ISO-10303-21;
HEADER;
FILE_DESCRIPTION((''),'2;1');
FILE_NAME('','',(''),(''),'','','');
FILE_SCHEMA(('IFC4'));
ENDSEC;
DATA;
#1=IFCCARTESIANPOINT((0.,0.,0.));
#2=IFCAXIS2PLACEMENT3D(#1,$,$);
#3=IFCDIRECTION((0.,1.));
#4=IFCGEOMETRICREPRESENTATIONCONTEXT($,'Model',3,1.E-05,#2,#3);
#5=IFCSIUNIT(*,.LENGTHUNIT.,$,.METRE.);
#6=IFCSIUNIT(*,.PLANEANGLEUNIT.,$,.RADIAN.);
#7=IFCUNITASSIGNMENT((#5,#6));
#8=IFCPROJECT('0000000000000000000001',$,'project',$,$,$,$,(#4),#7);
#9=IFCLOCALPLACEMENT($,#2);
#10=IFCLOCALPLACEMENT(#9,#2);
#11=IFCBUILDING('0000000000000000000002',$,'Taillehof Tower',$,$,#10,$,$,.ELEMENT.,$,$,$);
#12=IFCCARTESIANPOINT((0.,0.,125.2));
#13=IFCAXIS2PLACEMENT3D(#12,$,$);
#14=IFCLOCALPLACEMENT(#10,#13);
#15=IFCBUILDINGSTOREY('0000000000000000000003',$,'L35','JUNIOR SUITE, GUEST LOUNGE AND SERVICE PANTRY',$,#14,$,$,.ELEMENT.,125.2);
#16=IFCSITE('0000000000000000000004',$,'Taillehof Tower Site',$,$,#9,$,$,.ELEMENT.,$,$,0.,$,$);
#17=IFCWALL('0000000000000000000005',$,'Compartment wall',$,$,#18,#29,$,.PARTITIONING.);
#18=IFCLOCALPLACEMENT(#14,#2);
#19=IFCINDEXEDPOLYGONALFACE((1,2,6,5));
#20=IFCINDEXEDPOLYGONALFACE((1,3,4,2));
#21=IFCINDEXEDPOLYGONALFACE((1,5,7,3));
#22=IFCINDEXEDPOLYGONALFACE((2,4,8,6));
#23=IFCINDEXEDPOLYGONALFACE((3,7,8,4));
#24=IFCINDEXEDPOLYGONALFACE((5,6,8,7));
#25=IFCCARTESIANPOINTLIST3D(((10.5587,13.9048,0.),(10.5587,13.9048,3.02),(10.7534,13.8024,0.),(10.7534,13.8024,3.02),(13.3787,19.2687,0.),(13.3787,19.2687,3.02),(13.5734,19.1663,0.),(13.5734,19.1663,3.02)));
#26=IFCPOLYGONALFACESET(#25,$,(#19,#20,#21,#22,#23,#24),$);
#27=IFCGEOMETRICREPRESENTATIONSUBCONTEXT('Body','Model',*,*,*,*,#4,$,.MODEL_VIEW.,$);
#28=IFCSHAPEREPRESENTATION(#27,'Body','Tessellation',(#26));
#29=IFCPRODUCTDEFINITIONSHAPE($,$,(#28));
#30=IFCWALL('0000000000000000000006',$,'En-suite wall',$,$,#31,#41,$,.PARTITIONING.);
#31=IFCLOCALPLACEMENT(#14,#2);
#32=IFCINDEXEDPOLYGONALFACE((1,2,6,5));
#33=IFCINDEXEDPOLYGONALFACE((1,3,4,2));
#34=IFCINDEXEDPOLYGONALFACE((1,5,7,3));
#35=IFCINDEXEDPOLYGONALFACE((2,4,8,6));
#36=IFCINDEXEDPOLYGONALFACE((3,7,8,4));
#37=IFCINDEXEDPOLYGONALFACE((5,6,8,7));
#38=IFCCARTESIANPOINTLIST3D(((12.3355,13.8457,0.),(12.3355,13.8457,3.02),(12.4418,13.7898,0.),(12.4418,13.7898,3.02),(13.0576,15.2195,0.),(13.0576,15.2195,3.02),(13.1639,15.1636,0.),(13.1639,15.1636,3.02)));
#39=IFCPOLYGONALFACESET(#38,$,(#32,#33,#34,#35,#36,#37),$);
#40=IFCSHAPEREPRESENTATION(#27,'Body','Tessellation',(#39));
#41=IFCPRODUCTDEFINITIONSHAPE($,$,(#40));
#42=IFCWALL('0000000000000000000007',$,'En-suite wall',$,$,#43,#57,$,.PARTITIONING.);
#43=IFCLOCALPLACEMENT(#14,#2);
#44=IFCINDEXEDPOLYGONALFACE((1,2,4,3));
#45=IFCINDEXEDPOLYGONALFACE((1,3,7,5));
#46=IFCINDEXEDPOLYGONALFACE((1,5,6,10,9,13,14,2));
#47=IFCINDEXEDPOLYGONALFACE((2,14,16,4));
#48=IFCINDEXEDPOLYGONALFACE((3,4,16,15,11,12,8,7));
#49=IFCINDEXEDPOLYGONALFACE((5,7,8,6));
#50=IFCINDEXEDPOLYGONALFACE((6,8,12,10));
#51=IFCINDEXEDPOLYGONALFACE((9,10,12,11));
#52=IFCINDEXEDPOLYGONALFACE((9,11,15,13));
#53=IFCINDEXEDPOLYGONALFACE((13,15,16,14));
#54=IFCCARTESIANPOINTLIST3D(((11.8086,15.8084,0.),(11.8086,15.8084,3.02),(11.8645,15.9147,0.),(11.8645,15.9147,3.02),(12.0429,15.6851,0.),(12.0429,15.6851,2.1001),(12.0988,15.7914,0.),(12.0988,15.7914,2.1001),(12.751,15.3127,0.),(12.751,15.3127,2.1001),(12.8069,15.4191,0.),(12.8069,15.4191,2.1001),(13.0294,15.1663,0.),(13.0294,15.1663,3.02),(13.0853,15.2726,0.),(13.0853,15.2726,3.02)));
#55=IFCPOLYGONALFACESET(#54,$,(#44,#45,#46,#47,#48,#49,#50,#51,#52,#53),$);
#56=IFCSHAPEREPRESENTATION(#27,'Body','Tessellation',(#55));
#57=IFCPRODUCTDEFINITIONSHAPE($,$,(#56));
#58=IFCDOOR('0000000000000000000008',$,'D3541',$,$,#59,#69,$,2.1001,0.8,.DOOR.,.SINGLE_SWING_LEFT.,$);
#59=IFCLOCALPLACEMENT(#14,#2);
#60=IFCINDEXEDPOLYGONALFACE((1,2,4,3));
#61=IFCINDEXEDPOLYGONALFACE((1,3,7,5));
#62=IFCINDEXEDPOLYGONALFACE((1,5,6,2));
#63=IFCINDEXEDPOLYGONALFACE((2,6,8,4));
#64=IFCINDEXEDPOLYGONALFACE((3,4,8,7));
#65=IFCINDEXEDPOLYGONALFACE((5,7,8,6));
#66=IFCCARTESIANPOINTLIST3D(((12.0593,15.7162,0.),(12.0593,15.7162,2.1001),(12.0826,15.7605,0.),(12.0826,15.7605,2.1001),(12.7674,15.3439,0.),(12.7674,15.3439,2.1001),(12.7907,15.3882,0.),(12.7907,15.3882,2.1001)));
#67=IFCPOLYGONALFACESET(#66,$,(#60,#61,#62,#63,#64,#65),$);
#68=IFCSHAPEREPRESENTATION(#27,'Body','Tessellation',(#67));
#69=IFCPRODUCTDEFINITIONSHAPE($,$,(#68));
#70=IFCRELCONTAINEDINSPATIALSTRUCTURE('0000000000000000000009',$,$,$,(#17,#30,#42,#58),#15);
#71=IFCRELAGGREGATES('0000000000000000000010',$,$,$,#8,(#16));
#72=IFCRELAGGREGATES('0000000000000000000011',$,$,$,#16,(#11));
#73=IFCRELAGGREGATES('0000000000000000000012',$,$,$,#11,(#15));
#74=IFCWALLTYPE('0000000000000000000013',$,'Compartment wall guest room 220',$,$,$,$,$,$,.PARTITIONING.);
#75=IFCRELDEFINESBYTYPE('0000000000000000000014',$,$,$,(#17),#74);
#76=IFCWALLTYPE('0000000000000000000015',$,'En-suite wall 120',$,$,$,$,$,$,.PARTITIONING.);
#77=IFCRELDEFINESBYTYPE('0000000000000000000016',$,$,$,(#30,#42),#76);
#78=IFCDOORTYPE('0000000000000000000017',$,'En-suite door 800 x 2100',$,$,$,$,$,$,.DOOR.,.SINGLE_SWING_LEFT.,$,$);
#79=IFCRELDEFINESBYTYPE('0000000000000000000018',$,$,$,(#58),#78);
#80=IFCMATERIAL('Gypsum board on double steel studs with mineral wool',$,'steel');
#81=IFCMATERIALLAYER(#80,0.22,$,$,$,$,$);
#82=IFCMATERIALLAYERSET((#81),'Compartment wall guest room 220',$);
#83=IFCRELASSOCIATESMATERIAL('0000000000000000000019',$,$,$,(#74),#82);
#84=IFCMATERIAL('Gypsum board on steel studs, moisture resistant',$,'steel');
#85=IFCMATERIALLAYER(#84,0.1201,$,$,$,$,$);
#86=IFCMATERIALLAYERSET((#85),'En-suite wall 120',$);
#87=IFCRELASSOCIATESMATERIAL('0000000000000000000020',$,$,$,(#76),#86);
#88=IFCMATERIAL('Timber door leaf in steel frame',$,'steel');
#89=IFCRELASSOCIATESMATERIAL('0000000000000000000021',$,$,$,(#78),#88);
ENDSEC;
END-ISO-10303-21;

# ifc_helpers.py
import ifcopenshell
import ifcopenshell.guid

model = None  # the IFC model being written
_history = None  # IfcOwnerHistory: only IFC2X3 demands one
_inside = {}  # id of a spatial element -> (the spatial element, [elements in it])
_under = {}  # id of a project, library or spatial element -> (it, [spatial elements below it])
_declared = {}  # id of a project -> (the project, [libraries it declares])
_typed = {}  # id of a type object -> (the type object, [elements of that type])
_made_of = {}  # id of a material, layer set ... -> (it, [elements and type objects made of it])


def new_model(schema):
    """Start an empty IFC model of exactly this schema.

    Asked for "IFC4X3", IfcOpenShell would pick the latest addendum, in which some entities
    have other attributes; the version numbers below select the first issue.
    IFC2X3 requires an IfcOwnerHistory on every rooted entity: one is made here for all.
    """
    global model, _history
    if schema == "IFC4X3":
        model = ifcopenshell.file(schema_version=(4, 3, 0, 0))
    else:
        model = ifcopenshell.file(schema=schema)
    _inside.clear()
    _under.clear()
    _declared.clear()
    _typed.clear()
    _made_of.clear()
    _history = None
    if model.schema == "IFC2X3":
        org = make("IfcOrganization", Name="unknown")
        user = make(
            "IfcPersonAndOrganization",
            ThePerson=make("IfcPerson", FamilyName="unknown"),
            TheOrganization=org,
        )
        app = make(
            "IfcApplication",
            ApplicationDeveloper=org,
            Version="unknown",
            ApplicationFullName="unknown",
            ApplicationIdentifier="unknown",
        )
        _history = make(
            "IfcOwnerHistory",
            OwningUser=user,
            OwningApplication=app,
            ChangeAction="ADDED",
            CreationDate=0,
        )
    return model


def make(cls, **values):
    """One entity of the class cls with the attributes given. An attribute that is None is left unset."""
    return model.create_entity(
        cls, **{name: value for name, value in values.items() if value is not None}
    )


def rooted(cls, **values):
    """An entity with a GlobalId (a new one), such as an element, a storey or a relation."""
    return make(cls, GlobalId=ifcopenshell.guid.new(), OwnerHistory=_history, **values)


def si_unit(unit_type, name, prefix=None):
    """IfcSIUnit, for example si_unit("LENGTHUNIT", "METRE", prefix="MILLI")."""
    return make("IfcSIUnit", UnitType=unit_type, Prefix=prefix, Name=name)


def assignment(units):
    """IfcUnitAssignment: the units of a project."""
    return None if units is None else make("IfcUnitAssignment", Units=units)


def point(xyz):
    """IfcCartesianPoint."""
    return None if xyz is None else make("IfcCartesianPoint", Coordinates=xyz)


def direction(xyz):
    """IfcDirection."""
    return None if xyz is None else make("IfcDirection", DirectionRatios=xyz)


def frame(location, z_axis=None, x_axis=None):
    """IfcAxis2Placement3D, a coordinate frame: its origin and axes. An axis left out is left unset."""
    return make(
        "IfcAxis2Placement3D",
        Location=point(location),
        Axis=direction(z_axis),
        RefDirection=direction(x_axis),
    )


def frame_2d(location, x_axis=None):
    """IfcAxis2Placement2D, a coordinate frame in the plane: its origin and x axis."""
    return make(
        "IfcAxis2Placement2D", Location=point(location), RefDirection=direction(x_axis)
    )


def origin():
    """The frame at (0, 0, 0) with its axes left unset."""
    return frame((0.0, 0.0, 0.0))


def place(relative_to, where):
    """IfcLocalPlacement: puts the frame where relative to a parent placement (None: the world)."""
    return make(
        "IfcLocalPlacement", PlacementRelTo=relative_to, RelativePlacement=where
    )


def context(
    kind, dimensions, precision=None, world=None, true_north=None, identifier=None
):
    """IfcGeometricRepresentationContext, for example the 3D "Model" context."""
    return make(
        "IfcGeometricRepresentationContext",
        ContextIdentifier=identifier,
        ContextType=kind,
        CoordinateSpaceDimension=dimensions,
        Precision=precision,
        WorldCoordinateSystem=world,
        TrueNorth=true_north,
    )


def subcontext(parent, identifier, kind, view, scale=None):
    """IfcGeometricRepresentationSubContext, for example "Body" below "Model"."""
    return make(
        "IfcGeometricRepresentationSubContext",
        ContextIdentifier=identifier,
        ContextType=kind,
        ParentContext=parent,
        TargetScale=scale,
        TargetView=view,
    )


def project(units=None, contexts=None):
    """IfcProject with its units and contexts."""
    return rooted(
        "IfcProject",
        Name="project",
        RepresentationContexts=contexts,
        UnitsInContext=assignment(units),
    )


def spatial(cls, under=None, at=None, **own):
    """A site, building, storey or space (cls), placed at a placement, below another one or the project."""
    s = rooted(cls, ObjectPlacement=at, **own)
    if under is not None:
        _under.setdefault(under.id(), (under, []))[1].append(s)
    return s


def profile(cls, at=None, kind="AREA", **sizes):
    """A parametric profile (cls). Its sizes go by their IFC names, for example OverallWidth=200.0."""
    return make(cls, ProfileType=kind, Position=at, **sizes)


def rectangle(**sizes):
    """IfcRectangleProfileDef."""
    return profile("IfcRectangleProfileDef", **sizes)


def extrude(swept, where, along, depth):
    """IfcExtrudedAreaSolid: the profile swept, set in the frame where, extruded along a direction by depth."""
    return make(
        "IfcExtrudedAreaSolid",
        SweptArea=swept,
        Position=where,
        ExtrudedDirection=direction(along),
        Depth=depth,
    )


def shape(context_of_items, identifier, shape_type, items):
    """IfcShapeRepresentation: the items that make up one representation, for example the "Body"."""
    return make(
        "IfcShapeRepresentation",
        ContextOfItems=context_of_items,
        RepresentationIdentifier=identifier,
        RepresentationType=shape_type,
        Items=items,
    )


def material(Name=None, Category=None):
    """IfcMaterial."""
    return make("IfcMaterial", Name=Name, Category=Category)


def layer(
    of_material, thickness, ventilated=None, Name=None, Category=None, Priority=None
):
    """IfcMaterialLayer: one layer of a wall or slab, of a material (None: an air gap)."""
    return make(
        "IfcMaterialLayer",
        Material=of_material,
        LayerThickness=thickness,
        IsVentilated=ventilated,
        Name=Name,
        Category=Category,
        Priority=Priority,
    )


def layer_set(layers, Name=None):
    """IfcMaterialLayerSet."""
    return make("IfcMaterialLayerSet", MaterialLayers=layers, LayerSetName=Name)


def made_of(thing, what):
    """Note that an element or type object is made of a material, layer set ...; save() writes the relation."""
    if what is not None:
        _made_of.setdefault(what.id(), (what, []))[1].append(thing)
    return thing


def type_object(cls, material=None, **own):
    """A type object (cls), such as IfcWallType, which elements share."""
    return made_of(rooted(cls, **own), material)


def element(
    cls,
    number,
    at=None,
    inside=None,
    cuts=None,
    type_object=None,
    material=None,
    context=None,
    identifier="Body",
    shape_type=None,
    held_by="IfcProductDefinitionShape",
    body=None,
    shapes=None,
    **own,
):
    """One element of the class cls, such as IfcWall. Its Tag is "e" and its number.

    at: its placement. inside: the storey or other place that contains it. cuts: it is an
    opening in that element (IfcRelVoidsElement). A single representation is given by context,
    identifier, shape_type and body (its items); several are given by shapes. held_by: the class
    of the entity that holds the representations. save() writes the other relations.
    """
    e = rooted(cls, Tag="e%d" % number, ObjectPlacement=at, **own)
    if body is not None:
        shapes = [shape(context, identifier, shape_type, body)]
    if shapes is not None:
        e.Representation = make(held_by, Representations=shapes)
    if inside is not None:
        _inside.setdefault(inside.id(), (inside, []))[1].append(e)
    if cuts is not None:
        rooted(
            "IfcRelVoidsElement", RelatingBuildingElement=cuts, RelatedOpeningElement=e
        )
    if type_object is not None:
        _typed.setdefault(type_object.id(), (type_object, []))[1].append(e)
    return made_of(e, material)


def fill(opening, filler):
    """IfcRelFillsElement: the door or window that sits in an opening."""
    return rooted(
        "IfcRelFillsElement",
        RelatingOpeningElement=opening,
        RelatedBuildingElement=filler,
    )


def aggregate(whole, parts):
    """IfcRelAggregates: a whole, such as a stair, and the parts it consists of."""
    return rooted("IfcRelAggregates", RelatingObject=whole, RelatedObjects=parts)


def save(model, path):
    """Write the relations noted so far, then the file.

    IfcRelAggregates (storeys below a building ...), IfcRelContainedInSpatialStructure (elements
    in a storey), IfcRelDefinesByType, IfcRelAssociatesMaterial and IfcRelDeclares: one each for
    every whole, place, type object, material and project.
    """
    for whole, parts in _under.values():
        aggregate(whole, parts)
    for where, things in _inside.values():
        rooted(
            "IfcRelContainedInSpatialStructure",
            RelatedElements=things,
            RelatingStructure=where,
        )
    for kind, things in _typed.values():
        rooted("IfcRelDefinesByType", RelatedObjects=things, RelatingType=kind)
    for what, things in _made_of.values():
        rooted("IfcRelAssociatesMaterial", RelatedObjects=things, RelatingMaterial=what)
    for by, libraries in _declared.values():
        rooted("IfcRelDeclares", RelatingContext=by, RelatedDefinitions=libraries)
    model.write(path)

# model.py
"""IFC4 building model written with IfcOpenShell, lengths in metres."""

from ifc_helpers import new_model, si_unit, direction, frame, frame_2d, origin, place, context, subcontext, project, spatial, rectangle, extrude, material, layer, layer_set, type_object, element, fill, save


model = new_model("IFC4")

# Units and contexts
model_context = context("Model", 3, precision=1e-05, world=origin(), true_north=direction((0.0, 1.0)))
body_context = subcontext(model_context, "Body", "Model", "MODEL_VIEW")
ifc_project = project(units=[si_unit("LENGTHUNIT", "METRE"), si_unit("PLANEANGLEUNIT", "RADIAN")], contexts=[model_context])

# Site, building, storey
site_placement = place(None, origin())
site = spatial("IfcSite", under=ifc_project, at=site_placement, Name="Taillehof Tower Site", CompositionType="ELEMENT", RefElevation=0.0)
building_placement = place(site_placement, origin())
building = spatial("IfcBuilding", under=site, at=building_placement, Name="Taillehof Tower", CompositionType="ELEMENT")
storey_placement = place(building_placement, frame((0.0, 0.0, 125.2)))
storey = spatial("IfcBuildingStorey", under=building, at=storey_placement, Name="L35", Description="JUNIOR SUITE, GUEST LOUNGE AND SERVICE PANTRY", CompositionType="ELEMENT", Elevation=125.2)

# Walls
ifc_material_1 = material(Name="Gypsum board on double steel studs with mineral wool", Category="steel")
ifc_layer_1 = layer(ifc_material_1, 0.22)
ifc_layer_set_1 = layer_set([ifc_layer_1], Name="Compartment wall guest room 220")
wall_type_1 = type_object("IfcWallType", Name="Compartment wall guest room 220", PredefinedType="PARTITIONING", material=ifc_layer_set_1)
wall_1_placement = place(storey_placement, frame((13.4761, 19.2175, 0.0), z_axis=(0.0, 0.0, 1.0), x_axis=(-0.465346, -0.885129, 0.0)))
element("IfcWall", 1, at=wall_1_placement, inside=storey, type_object=wall_type_1, Name="Compartment wall", PredefinedType="PARTITIONING", context=body_context, shape_type="SweptSolid", body=[
    extrude(rectangle(XDim=6.0601, YDim=0.22, at=frame_2d((3.03, 0.0))), origin(), (0.0, 0.0, 1.0), 3.02),
])
ifc_material_2 = material(Name="Gypsum board on steel studs, moisture resistant", Category="steel")
ifc_layer_2 = layer(ifc_material_2, 0.1201)
ifc_layer_set_2 = layer_set([ifc_layer_2], Name="En-suite wall 120")
wall_type_2 = type_object("IfcWallType", Name="En-suite wall 120", PredefinedType="PARTITIONING", material=ifc_layer_set_2)
wall_2_placement = place(storey_placement, frame((12.3887, 13.8179, 0.0), z_axis=(0.0, 0.0, 1.0), x_axis=(0.465306, 0.88515, 0.0)))
element("IfcWall", 2, at=wall_2_placement, inside=storey, type_object=wall_type_2, Name="En-suite wall", PredefinedType="PARTITIONING", context=body_context, shape_type="SweptSolid", body=[
    extrude(rectangle(XDim=1.552, YDim=0.1201, at=frame_2d((0.7759, 0.0))), origin(), (0.0, 0.0, 1.0), 3.02),
])

# Wall, opening, door
wall_3_placement = place(storey_placement, frame((13.0574, 15.2195, 0.0), z_axis=(0.0, 0.0, 1.0), x_axis=(-0.885072, 0.465455, 0.0)))
wall_3 = element("IfcWall", 3, at=wall_3_placement, inside=storey, type_object=wall_type_2, Name="En-suite wall", PredefinedType="PARTITIONING", context=body_context, shape_type="SweptSolid", body=[
    extrude(rectangle(XDim=1.3794, YDim=0.1201, at=frame_2d((0.6897, 0.0))), origin(), (0.0, 0.0, 1.0), 3.02),
])
opening_1_placement = place(wall_3_placement, frame((0.3147, 0.0, 0.0)))
opening_1 = element("IfcOpeningElement", 4, at=opening_1_placement, cuts=wall_3, PredefinedType="OPENING", context=body_context, shape_type="SweptSolid", body=[
    extrude(rectangle(XDim=0.8, YDim=2.1001, at=frame_2d((0.3999, 1.05))), frame((0.0, 0.0701, 0.0), z_axis=(0.0, -1.0, 0.0), x_axis=(1.0, 0.0, 0.0)), (0.0, 0.0, 1.0), 0.1401),
])
ifc_material_3 = material(Name="Timber door leaf in steel frame", Category="steel")
door_type_1 = type_object("IfcDoorType", Name="En-suite door 800 x 2100", OperationType="SINGLE_SWING_LEFT", PredefinedType="DOOR", material=ifc_material_3)
door_1_placement = place(opening_1_placement, origin())
door_1 = element("IfcDoor", 5, at=door_1_placement, inside=storey, type_object=door_type_1, Name="D3541", OperationType="SINGLE_SWING_LEFT", OverallHeight=2.1001, OverallWidth=0.8, PredefinedType="DOOR", context=body_context, shape_type="SweptSolid", body=[
    extrude(rectangle(XDim=0.8, YDim=2.1001, at=frame_2d((0.3999, 1.05))), frame((0.0, 0.0249, 0.0), z_axis=(0.0, -1.0, 0.0), x_axis=(1.0, 0.0, 0.0)), (0.0, 0.0, 1.0), 0.05),
])
fill(opening_1, door_1)

save(model, "model.ifc")
